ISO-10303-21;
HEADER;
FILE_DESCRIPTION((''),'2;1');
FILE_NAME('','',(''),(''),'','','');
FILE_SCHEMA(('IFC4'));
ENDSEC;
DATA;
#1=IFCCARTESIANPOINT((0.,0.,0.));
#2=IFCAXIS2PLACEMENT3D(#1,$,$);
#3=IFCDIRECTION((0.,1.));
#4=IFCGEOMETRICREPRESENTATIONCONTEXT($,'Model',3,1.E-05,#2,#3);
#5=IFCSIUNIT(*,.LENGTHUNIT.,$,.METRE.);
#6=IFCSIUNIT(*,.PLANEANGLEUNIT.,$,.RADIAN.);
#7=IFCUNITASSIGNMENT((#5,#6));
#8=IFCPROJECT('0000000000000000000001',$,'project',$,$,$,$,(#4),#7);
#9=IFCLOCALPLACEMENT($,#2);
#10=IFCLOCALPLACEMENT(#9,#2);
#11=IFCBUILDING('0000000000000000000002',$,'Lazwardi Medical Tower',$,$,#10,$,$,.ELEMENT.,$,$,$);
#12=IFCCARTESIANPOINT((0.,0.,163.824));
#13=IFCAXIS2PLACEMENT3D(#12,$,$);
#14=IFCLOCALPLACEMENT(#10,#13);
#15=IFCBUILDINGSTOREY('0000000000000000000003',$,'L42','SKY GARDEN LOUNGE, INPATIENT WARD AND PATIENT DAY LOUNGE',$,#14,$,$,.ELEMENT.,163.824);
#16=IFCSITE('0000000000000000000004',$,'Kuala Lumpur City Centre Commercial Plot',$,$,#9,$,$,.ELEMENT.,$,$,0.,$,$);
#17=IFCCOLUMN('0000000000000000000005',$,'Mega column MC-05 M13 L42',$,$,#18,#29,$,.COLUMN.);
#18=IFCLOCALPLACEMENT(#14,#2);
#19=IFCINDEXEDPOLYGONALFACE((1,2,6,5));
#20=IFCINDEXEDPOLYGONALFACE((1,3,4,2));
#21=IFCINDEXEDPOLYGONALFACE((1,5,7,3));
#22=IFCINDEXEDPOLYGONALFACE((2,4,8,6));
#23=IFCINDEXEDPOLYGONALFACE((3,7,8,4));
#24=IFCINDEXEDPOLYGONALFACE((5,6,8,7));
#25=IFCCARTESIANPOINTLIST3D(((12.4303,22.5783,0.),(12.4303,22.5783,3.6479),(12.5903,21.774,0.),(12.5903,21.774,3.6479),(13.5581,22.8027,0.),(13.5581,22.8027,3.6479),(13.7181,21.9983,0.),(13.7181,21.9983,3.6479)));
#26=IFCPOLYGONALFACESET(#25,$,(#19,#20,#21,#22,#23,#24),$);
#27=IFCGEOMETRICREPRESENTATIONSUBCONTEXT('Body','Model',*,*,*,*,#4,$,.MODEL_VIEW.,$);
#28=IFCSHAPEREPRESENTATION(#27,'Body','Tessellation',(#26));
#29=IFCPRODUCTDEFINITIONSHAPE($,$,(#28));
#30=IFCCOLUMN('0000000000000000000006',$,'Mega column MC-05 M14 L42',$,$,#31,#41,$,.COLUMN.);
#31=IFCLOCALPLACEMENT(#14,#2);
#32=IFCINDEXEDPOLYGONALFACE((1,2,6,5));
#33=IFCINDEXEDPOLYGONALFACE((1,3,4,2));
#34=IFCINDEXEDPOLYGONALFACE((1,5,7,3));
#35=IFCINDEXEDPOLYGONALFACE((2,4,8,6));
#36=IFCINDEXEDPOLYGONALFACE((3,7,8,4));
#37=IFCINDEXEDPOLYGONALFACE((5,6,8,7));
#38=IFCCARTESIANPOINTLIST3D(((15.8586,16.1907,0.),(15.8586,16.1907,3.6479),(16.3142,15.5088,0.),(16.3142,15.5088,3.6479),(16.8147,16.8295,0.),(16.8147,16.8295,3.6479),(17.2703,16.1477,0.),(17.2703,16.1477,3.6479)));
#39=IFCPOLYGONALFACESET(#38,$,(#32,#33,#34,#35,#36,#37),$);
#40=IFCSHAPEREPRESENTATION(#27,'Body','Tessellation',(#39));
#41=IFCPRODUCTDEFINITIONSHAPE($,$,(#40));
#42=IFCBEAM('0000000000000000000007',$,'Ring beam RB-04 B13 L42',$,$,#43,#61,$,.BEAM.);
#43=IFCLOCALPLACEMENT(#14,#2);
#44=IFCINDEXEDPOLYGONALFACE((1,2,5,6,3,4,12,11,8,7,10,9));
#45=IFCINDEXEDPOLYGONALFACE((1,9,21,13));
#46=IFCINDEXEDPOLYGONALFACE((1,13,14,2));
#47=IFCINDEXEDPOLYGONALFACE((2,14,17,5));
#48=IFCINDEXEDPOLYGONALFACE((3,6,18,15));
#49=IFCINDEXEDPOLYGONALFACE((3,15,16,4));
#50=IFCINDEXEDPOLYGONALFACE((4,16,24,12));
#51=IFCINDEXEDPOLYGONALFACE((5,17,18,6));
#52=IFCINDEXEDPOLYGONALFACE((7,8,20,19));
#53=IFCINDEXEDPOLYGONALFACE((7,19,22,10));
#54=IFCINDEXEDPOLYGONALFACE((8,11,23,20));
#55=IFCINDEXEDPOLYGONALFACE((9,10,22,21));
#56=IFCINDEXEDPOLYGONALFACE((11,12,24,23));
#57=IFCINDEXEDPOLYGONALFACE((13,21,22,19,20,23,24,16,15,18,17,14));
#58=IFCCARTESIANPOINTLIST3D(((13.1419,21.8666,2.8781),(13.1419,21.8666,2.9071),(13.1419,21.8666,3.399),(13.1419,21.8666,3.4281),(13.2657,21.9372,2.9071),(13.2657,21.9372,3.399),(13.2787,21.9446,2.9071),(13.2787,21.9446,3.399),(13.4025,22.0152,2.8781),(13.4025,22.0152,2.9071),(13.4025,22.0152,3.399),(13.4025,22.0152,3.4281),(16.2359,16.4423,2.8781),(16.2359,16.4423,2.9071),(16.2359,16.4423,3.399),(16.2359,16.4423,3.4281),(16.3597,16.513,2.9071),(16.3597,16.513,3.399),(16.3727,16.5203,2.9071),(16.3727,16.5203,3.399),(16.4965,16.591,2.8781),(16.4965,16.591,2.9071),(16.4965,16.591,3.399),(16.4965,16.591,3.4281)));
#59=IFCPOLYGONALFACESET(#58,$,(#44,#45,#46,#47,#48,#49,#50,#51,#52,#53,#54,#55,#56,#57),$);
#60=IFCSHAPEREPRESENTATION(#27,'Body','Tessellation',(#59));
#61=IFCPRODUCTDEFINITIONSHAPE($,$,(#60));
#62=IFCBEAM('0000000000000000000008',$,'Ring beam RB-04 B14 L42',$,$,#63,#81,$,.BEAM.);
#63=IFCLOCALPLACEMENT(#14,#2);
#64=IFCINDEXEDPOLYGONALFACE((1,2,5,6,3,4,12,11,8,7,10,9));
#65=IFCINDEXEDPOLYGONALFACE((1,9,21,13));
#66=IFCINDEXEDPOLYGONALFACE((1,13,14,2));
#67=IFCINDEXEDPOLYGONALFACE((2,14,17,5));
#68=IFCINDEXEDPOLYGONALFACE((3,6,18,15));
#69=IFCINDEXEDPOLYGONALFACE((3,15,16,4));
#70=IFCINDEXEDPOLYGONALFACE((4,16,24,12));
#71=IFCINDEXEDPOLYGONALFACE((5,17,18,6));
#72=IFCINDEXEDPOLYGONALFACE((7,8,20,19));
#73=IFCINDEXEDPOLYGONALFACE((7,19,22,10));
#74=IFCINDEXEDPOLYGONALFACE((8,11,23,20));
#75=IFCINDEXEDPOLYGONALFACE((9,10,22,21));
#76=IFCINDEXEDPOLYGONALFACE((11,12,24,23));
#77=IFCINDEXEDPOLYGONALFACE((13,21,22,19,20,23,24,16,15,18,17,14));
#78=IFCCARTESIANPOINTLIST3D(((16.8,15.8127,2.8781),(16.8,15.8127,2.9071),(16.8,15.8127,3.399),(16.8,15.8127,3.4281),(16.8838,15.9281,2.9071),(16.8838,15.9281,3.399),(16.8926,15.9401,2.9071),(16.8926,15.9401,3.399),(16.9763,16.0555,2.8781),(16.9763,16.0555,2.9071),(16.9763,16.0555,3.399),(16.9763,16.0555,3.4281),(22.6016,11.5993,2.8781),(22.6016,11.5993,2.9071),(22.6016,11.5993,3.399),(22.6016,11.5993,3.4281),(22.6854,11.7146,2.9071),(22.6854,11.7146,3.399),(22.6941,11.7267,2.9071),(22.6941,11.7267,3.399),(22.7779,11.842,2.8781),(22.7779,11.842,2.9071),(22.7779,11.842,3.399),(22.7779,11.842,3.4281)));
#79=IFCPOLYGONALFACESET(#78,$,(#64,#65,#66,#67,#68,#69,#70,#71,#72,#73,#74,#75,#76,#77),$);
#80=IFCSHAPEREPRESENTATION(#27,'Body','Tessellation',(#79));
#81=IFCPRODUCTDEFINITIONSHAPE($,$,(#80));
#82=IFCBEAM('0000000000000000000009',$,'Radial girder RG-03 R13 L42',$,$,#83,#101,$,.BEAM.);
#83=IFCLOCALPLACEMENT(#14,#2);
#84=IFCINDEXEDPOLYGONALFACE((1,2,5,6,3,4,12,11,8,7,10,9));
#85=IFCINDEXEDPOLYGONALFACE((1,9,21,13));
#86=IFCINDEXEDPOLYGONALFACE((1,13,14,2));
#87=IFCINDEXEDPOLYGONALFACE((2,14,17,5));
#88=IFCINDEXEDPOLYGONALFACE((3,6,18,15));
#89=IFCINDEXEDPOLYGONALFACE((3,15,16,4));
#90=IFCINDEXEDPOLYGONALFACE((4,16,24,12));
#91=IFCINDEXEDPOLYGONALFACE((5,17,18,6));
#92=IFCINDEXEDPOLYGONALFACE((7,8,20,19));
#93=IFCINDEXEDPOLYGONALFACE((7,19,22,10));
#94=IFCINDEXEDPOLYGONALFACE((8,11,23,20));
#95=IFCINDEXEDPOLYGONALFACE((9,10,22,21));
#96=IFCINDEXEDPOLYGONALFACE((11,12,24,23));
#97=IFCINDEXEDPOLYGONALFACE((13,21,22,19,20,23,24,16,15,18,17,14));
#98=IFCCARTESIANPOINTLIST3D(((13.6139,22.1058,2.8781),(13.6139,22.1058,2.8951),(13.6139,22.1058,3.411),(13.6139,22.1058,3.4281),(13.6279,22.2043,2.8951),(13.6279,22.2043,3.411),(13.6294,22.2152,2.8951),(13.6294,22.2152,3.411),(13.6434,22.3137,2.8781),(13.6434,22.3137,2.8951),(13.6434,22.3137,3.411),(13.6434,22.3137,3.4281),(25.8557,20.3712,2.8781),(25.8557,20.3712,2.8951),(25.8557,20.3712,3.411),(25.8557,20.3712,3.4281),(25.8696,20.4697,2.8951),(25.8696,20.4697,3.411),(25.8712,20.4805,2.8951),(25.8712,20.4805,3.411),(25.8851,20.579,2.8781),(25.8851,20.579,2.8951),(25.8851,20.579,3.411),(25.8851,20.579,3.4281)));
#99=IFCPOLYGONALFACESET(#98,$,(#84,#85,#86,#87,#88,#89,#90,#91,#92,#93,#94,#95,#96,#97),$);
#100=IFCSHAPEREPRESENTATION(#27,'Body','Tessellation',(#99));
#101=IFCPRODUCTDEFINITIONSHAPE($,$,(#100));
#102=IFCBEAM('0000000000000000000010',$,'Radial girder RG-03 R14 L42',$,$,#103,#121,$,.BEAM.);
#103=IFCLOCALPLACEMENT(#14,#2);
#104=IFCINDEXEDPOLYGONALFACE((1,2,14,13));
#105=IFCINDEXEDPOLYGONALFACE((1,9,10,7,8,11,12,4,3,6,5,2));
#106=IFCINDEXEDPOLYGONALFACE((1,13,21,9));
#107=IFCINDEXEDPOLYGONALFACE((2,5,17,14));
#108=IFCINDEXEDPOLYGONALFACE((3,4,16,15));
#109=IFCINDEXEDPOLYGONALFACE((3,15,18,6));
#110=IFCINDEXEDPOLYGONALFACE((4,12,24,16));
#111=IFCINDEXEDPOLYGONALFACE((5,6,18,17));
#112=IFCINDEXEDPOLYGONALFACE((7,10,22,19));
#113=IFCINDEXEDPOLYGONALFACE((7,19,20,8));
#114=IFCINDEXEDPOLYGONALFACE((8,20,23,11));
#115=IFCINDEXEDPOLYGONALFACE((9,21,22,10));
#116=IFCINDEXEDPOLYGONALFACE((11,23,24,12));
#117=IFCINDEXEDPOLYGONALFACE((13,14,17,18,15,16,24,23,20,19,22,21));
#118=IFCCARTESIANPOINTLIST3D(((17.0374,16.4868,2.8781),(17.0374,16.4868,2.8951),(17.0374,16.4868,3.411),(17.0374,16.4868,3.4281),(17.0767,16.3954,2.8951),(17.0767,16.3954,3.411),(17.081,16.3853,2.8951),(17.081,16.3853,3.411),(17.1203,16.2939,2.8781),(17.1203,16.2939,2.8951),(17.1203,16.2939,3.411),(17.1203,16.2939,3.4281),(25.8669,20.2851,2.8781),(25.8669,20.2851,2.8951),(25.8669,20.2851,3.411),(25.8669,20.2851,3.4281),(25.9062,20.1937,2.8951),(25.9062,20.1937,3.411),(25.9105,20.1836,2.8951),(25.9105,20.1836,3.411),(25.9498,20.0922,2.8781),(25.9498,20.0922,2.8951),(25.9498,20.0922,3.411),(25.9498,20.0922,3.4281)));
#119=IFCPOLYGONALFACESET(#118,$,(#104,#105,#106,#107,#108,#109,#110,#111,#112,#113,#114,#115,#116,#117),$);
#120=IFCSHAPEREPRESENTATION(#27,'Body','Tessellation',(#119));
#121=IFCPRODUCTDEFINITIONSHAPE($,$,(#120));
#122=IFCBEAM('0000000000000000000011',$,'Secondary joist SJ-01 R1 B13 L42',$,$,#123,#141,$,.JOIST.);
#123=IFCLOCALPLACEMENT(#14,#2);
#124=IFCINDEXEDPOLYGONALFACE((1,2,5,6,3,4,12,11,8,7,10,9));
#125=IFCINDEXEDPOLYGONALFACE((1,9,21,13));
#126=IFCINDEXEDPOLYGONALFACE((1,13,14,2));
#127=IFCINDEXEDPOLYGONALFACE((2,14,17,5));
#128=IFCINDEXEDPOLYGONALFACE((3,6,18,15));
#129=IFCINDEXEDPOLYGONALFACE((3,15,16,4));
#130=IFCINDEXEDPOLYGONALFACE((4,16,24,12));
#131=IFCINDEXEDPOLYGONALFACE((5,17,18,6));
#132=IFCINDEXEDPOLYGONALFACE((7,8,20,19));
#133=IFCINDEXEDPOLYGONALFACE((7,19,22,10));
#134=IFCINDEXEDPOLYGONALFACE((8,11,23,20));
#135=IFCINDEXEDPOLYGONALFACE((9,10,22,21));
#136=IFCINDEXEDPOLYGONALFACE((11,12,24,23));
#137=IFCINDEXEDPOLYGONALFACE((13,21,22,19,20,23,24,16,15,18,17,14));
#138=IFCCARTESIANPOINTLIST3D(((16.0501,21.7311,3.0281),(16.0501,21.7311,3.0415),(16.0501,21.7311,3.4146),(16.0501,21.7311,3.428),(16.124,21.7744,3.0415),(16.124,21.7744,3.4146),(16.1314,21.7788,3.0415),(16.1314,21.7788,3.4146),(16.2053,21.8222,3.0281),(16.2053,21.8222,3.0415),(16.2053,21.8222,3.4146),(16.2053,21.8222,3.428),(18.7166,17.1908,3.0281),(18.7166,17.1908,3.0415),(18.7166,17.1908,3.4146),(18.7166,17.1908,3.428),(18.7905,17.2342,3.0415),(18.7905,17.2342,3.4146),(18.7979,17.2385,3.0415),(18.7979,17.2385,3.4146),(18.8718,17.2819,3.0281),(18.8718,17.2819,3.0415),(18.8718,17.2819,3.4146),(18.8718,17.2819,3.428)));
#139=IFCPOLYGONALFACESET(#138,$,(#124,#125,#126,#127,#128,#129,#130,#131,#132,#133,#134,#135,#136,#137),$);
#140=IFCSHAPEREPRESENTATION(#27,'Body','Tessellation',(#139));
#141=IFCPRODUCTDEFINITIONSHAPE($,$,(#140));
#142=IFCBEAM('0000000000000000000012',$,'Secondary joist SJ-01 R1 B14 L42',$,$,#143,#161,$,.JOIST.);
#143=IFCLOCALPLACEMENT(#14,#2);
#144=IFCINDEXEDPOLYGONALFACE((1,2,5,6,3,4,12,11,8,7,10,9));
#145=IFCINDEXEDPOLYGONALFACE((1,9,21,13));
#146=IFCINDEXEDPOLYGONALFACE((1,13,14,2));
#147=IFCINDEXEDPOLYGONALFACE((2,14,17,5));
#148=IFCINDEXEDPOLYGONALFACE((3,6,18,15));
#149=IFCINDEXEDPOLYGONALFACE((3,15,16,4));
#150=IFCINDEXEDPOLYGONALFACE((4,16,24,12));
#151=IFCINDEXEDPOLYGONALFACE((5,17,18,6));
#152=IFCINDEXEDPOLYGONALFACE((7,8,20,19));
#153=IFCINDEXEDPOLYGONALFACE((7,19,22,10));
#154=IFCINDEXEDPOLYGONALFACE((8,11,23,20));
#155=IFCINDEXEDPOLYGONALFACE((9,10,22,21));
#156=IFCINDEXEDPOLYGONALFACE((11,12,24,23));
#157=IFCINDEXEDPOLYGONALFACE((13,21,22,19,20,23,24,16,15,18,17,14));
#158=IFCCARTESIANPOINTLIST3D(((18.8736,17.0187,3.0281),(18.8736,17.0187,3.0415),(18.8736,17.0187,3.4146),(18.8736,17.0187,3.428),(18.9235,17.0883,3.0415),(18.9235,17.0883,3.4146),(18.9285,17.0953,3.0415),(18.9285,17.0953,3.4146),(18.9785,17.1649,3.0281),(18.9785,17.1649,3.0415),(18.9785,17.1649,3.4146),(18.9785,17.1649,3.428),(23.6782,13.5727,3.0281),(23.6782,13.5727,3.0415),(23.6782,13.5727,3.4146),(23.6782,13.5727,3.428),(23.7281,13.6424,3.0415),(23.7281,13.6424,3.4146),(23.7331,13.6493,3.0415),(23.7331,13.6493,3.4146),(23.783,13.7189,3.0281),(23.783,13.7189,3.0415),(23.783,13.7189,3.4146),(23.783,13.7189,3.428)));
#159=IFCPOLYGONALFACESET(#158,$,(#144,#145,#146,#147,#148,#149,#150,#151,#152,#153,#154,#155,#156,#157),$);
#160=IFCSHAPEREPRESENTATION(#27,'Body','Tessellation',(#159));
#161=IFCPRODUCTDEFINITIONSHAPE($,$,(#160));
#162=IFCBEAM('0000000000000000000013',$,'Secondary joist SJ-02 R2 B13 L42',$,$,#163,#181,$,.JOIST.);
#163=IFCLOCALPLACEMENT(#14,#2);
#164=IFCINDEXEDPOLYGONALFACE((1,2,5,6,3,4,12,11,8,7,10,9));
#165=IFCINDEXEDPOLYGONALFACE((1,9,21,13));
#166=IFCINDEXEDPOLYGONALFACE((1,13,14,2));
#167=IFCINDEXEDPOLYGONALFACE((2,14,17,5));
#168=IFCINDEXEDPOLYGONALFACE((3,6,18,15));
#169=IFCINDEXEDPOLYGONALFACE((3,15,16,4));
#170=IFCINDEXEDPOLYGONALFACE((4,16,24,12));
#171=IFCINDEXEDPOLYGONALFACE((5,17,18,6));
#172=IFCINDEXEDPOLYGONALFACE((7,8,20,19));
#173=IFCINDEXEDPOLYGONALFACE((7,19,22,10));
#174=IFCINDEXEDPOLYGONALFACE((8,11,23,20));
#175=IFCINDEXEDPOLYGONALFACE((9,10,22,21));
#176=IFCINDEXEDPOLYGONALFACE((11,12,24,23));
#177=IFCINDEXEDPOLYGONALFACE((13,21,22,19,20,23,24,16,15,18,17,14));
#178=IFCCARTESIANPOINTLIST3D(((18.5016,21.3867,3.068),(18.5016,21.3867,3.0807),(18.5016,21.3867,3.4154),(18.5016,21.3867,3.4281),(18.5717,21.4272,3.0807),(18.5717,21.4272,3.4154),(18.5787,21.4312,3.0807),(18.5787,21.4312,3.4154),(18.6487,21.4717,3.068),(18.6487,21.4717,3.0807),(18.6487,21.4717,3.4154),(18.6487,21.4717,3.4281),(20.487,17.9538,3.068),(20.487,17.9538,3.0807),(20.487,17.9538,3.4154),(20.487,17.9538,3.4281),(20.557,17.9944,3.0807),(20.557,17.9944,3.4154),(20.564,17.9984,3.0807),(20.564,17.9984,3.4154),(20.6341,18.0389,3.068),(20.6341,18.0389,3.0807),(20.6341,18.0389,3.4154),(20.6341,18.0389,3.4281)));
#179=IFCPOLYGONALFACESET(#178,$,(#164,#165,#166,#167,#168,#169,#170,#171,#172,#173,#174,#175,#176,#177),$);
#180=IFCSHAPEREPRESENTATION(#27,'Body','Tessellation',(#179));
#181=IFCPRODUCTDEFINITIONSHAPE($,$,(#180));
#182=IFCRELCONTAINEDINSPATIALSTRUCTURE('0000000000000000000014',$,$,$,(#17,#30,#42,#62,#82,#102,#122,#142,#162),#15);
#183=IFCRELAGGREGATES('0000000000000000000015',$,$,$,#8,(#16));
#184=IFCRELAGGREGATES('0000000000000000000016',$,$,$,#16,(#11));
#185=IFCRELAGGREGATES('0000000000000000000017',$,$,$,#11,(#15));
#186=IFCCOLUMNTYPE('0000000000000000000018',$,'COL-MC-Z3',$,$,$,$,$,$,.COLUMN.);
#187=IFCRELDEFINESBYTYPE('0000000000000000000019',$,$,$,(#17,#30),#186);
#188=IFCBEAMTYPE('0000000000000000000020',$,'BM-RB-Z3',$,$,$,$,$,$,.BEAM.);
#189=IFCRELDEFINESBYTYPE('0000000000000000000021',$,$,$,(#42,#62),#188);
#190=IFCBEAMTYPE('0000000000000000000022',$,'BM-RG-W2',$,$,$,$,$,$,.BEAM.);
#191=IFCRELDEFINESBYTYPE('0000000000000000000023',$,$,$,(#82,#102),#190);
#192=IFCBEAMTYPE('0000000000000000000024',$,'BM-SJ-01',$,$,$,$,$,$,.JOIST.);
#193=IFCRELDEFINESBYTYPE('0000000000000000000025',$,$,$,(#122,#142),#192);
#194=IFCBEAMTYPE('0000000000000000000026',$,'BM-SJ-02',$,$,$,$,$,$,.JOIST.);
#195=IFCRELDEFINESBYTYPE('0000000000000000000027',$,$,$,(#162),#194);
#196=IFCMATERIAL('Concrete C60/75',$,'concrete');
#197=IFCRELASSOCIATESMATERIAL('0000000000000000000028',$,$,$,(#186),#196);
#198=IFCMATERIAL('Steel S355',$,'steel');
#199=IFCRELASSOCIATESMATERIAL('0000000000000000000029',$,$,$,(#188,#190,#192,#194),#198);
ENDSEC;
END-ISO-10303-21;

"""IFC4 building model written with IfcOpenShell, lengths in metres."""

from ifc_helpers import new_model, si_unit, direction, frame, origin, origin_2d, place, context, subcontext, project, spatial, rectangle, i_section, extrude, material, material_profile, profile_set, type_object, element, save


model = new_model("IFC4")

# Units and contexts
model_context = context("Model", 3, precision=1e-05, world=origin(), true_north=direction((0.0, 1.0)))
body_context = subcontext(model_context, "Body", "Model", "MODEL_VIEW")
ifc_project = project(units=[si_unit("LENGTHUNIT", "METRE"), si_unit("PLANEANGLEUNIT", "RADIAN")], contexts=[model_context])

# Site, building, storey
site_placement = place(None, origin())
site = spatial("IfcSite", under=ifc_project, at=site_placement, Name="Kuala Lumpur City Centre Commercial Plot", CompositionType="ELEMENT", RefElevation=0.0)
building_placement = place(site_placement, origin())
building = spatial("IfcBuilding", under=site, at=building_placement, Name="Lazwardi Medical Tower", CompositionType="ELEMENT")
storey_placement = place(building_placement, frame((0.0, 0.0, 163.824)))
storey = spatial("IfcBuildingStorey", under=building, at=storey_placement, Name="L42", Description="SKY GARDEN LOUNGE, INPATIENT WARD AND PATIENT DAY LOUNGE", CompositionType="ELEMENT", Elevation=163.824)

# Columns
ifc_material_1 = material(Name="Concrete C60/75", Category="concrete")
ifc_material_profile_1 = material_profile(ifc_material_1, rectangle(XDim=1.1499, YDim=0.8201, at=origin_2d()), Name="CFT-RECT 1150x820")
ifc_profile_set_1 = profile_set([ifc_material_profile_1], Name="Concrete C60/75")
column_type = type_object("IfcColumnType", Name="COL-MC-Z3", PredefinedType="COLUMN", material=ifc_profile_set_1)
for number, where, z_axis, x_axis, name in (
    (1, (13.0742, 22.2883, 0.0), (0.0, 0.0, 1.0), (-0.980785, -0.19509, 0.0), "Mega column MC-05 M13 L42"),
    (2, (16.5645, 16.1692, 0.0), (0.0, 0.0, 1.0), (-0.83147, -0.55557, 0.0), "Mega column MC-05 M14 L42"),
):
    element("IfcColumn", number, at=place(storey_placement, frame(where, z_axis=z_axis, x_axis=x_axis)), inside=storey, type_object=column_type, Name=name, PredefinedType="COLUMN", context=body_context, shape_type="SweptSolid", body=[
        extrude(rectangle(XDim=1.1499, YDim=0.8201, at=origin_2d()), origin(), (0.0, 0.0, 1.0), 3.6479),
    ])

# Beams
ifc_material_2 = material(Name="Steel S355", Category="steel")
ifc_material_profile_2 = material_profile(ifc_material_2, i_section(OverallWidth=0.3, OverallDepth=0.55, WebThickness=0.0149, FlangeThickness=0.0291, at=origin_2d()), Name="HEB 550")
ifc_profile_set_2 = profile_set([ifc_material_profile_2], Name="Steel S355")
beam_type_1 = type_object("IfcBeamType", Name="BM-RB-Z3", PredefinedType="BEAM", material=ifc_profile_set_2)
beam_1_placement = place(storey_placement, frame((13.2722, 21.9409, 3.1531), z_axis=(0.495461, -0.86863, 0.0), x_axis=(0.86863, 0.495461, 0.0)))
element("IfcBeam", 3, at=beam_1_placement, inside=storey, type_object=beam_type_1, Name="Ring beam RB-04 B13 L42", PredefinedType="BEAM", context=body_context, shape_type="SweptSolid", body=[
    extrude(i_section(OverallWidth=0.3, OverallDepth=0.55, WebThickness=0.0149, FlangeThickness=0.0291, at=origin_2d()), origin(), (0.0, 0.0, 1.0), 6.2446),
])
beam_2_placement = place(storey_placement, frame((16.8882, 15.9341, 3.1531), z_axis=(0.809128, -0.587633, 0.0), x_axis=(0.587633, 0.809128, 0.0)))
element("IfcBeam", 4, at=beam_2_placement, inside=storey, type_object=beam_type_1, Name="Ring beam RB-04 B14 L42", PredefinedType="BEAM", context=body_context, shape_type="SweptSolid", body=[
    extrude(i_section(OverallWidth=0.3, OverallDepth=0.55, WebThickness=0.0149, FlangeThickness=0.0291, at=origin_2d()), origin(), (0.0, 0.0, 1.0), 7.1702),
])
ifc_material_profile_3 = material_profile(ifc_material_2, i_section(OverallWidth=0.21, OverallDepth=0.55, WebThickness=0.011, FlangeThickness=0.0171, at=origin_2d()), Name="IPE 550")
ifc_profile_set_3 = profile_set([ifc_material_profile_3], Name="Steel S355")
beam_type_2 = type_object("IfcBeamType", Name="BM-RG-W2", PredefinedType="BEAM", material=ifc_profile_set_3)
beam_3_placement = place(storey_placement, frame((13.6287, 22.2097, 3.1531), z_axis=(0.99011, -0.140296, 0.0), x_axis=(0.140296, 0.99011, 0.0)))
element("IfcBeam", 5, at=beam_3_placement, inside=storey, type_object=beam_type_2, Name="Radial girder RG-03 R13 L42", PredefinedType="BEAM", context=body_context, shape_type="SweptSolid", body=[
    extrude(i_section(OverallWidth=0.21, OverallDepth=0.55, WebThickness=0.011, FlangeThickness=0.0171, at=origin_2d()), origin(), (0.0, 0.0, 1.0), 12.364),
])
beam_4_placement = place(storey_placement, frame((17.0789, 16.3904, 3.1531), z_axis=(0.918608, 0.39517, 0.0), x_axis=(-0.39517, 0.918608, 0.0)))
element("IfcBeam", 6, at=beam_4_placement, inside=storey, type_object=beam_type_2, Name="Radial girder RG-03 R14 L42", PredefinedType="BEAM", context=body_context, shape_type="SweptSolid", body=[
    extrude(i_section(OverallWidth=0.21, OverallDepth=0.55, WebThickness=0.011, FlangeThickness=0.0171, at=origin_2d()), origin(), (0.0, 0.0, 1.0), 9.6118),
])
ifc_material_profile_4 = material_profile(ifc_material_2, i_section(OverallWidth=0.1799, OverallDepth=0.3999, WebThickness=0.0085, FlangeThickness=0.0134, at=origin_2d()), Name="IPE 400")
ifc_profile_set_4 = profile_set([ifc_material_profile_4], Name="Steel S355")
beam_type_3 = type_object("IfcBeamType", Name="BM-SJ-01", PredefinedType="JOIST", material=ifc_profile_set_4)
beam_5_placement = place(storey_placement, frame((16.1277, 21.7766, 3.228), z_axis=(0.50642, -0.862287, 0.0), x_axis=(0.862287, 0.50642, 0.0)))
element("IfcBeam", 7, at=beam_5_placement, inside=storey, type_object=beam_type_3, Name="Secondary joist SJ-01 R1 B13 L42", PredefinedType="JOIST", context=body_context, shape_type="SweptSolid", body=[
    extrude(i_section(OverallWidth=0.1799, OverallDepth=0.3999, WebThickness=0.0085, FlangeThickness=0.0134, at=origin_2d()), origin(), (0.0, 0.0, 1.0), 5.2654),
])
beam_6_placement = place(storey_placement, frame((18.926, 17.0918, 3.228), z_axis=(0.812602, -0.582819, 0.0), x_axis=(0.582819, 0.812602, 0.0)))
element("IfcBeam", 8, at=beam_6_placement, inside=storey, type_object=beam_type_3, Name="Secondary joist SJ-01 R1 B14 L42", PredefinedType="JOIST", context=body_context, shape_type="SweptSolid", body=[
    extrude(i_section(OverallWidth=0.1799, OverallDepth=0.3999, WebThickness=0.0085, FlangeThickness=0.0134, at=origin_2d()), origin(), (0.0, 0.0, 1.0), 5.9126),
])
ifc_material_profile_5 = material_profile(ifc_material_2, i_section(OverallWidth=0.1699, OverallDepth=0.3601, WebThickness=0.0081, FlangeThickness=0.0127, at=origin_2d()), Name="IPE 360")
ifc_profile_set_5 = profile_set([ifc_material_profile_5], Name="Steel S355")
beam_type_4 = type_object("IfcBeamType", Name="BM-SJ-02", PredefinedType="JOIST", material=ifc_profile_set_5)
beam_7_placement = place(storey_placement, frame((18.5752, 21.4292, 3.248), z_axis=(0.500641, -0.865655, 0.0), x_axis=(0.865655, 0.500641, 0.0)))
element("IfcBeam", 9, at=beam_7_placement, inside=storey, type_object=beam_type_4, Name="Secondary joist SJ-02 R2 B13 L42", PredefinedType="JOIST", context=body_context, shape_type="SweptSolid", body=[
    extrude(i_section(OverallWidth=0.1699, OverallDepth=0.3601, WebThickness=0.0081, FlangeThickness=0.0127, at=origin_2d()), origin(), (0.0, 0.0, 1.0), 3.9656),
])

save(model, "model.ifc")
